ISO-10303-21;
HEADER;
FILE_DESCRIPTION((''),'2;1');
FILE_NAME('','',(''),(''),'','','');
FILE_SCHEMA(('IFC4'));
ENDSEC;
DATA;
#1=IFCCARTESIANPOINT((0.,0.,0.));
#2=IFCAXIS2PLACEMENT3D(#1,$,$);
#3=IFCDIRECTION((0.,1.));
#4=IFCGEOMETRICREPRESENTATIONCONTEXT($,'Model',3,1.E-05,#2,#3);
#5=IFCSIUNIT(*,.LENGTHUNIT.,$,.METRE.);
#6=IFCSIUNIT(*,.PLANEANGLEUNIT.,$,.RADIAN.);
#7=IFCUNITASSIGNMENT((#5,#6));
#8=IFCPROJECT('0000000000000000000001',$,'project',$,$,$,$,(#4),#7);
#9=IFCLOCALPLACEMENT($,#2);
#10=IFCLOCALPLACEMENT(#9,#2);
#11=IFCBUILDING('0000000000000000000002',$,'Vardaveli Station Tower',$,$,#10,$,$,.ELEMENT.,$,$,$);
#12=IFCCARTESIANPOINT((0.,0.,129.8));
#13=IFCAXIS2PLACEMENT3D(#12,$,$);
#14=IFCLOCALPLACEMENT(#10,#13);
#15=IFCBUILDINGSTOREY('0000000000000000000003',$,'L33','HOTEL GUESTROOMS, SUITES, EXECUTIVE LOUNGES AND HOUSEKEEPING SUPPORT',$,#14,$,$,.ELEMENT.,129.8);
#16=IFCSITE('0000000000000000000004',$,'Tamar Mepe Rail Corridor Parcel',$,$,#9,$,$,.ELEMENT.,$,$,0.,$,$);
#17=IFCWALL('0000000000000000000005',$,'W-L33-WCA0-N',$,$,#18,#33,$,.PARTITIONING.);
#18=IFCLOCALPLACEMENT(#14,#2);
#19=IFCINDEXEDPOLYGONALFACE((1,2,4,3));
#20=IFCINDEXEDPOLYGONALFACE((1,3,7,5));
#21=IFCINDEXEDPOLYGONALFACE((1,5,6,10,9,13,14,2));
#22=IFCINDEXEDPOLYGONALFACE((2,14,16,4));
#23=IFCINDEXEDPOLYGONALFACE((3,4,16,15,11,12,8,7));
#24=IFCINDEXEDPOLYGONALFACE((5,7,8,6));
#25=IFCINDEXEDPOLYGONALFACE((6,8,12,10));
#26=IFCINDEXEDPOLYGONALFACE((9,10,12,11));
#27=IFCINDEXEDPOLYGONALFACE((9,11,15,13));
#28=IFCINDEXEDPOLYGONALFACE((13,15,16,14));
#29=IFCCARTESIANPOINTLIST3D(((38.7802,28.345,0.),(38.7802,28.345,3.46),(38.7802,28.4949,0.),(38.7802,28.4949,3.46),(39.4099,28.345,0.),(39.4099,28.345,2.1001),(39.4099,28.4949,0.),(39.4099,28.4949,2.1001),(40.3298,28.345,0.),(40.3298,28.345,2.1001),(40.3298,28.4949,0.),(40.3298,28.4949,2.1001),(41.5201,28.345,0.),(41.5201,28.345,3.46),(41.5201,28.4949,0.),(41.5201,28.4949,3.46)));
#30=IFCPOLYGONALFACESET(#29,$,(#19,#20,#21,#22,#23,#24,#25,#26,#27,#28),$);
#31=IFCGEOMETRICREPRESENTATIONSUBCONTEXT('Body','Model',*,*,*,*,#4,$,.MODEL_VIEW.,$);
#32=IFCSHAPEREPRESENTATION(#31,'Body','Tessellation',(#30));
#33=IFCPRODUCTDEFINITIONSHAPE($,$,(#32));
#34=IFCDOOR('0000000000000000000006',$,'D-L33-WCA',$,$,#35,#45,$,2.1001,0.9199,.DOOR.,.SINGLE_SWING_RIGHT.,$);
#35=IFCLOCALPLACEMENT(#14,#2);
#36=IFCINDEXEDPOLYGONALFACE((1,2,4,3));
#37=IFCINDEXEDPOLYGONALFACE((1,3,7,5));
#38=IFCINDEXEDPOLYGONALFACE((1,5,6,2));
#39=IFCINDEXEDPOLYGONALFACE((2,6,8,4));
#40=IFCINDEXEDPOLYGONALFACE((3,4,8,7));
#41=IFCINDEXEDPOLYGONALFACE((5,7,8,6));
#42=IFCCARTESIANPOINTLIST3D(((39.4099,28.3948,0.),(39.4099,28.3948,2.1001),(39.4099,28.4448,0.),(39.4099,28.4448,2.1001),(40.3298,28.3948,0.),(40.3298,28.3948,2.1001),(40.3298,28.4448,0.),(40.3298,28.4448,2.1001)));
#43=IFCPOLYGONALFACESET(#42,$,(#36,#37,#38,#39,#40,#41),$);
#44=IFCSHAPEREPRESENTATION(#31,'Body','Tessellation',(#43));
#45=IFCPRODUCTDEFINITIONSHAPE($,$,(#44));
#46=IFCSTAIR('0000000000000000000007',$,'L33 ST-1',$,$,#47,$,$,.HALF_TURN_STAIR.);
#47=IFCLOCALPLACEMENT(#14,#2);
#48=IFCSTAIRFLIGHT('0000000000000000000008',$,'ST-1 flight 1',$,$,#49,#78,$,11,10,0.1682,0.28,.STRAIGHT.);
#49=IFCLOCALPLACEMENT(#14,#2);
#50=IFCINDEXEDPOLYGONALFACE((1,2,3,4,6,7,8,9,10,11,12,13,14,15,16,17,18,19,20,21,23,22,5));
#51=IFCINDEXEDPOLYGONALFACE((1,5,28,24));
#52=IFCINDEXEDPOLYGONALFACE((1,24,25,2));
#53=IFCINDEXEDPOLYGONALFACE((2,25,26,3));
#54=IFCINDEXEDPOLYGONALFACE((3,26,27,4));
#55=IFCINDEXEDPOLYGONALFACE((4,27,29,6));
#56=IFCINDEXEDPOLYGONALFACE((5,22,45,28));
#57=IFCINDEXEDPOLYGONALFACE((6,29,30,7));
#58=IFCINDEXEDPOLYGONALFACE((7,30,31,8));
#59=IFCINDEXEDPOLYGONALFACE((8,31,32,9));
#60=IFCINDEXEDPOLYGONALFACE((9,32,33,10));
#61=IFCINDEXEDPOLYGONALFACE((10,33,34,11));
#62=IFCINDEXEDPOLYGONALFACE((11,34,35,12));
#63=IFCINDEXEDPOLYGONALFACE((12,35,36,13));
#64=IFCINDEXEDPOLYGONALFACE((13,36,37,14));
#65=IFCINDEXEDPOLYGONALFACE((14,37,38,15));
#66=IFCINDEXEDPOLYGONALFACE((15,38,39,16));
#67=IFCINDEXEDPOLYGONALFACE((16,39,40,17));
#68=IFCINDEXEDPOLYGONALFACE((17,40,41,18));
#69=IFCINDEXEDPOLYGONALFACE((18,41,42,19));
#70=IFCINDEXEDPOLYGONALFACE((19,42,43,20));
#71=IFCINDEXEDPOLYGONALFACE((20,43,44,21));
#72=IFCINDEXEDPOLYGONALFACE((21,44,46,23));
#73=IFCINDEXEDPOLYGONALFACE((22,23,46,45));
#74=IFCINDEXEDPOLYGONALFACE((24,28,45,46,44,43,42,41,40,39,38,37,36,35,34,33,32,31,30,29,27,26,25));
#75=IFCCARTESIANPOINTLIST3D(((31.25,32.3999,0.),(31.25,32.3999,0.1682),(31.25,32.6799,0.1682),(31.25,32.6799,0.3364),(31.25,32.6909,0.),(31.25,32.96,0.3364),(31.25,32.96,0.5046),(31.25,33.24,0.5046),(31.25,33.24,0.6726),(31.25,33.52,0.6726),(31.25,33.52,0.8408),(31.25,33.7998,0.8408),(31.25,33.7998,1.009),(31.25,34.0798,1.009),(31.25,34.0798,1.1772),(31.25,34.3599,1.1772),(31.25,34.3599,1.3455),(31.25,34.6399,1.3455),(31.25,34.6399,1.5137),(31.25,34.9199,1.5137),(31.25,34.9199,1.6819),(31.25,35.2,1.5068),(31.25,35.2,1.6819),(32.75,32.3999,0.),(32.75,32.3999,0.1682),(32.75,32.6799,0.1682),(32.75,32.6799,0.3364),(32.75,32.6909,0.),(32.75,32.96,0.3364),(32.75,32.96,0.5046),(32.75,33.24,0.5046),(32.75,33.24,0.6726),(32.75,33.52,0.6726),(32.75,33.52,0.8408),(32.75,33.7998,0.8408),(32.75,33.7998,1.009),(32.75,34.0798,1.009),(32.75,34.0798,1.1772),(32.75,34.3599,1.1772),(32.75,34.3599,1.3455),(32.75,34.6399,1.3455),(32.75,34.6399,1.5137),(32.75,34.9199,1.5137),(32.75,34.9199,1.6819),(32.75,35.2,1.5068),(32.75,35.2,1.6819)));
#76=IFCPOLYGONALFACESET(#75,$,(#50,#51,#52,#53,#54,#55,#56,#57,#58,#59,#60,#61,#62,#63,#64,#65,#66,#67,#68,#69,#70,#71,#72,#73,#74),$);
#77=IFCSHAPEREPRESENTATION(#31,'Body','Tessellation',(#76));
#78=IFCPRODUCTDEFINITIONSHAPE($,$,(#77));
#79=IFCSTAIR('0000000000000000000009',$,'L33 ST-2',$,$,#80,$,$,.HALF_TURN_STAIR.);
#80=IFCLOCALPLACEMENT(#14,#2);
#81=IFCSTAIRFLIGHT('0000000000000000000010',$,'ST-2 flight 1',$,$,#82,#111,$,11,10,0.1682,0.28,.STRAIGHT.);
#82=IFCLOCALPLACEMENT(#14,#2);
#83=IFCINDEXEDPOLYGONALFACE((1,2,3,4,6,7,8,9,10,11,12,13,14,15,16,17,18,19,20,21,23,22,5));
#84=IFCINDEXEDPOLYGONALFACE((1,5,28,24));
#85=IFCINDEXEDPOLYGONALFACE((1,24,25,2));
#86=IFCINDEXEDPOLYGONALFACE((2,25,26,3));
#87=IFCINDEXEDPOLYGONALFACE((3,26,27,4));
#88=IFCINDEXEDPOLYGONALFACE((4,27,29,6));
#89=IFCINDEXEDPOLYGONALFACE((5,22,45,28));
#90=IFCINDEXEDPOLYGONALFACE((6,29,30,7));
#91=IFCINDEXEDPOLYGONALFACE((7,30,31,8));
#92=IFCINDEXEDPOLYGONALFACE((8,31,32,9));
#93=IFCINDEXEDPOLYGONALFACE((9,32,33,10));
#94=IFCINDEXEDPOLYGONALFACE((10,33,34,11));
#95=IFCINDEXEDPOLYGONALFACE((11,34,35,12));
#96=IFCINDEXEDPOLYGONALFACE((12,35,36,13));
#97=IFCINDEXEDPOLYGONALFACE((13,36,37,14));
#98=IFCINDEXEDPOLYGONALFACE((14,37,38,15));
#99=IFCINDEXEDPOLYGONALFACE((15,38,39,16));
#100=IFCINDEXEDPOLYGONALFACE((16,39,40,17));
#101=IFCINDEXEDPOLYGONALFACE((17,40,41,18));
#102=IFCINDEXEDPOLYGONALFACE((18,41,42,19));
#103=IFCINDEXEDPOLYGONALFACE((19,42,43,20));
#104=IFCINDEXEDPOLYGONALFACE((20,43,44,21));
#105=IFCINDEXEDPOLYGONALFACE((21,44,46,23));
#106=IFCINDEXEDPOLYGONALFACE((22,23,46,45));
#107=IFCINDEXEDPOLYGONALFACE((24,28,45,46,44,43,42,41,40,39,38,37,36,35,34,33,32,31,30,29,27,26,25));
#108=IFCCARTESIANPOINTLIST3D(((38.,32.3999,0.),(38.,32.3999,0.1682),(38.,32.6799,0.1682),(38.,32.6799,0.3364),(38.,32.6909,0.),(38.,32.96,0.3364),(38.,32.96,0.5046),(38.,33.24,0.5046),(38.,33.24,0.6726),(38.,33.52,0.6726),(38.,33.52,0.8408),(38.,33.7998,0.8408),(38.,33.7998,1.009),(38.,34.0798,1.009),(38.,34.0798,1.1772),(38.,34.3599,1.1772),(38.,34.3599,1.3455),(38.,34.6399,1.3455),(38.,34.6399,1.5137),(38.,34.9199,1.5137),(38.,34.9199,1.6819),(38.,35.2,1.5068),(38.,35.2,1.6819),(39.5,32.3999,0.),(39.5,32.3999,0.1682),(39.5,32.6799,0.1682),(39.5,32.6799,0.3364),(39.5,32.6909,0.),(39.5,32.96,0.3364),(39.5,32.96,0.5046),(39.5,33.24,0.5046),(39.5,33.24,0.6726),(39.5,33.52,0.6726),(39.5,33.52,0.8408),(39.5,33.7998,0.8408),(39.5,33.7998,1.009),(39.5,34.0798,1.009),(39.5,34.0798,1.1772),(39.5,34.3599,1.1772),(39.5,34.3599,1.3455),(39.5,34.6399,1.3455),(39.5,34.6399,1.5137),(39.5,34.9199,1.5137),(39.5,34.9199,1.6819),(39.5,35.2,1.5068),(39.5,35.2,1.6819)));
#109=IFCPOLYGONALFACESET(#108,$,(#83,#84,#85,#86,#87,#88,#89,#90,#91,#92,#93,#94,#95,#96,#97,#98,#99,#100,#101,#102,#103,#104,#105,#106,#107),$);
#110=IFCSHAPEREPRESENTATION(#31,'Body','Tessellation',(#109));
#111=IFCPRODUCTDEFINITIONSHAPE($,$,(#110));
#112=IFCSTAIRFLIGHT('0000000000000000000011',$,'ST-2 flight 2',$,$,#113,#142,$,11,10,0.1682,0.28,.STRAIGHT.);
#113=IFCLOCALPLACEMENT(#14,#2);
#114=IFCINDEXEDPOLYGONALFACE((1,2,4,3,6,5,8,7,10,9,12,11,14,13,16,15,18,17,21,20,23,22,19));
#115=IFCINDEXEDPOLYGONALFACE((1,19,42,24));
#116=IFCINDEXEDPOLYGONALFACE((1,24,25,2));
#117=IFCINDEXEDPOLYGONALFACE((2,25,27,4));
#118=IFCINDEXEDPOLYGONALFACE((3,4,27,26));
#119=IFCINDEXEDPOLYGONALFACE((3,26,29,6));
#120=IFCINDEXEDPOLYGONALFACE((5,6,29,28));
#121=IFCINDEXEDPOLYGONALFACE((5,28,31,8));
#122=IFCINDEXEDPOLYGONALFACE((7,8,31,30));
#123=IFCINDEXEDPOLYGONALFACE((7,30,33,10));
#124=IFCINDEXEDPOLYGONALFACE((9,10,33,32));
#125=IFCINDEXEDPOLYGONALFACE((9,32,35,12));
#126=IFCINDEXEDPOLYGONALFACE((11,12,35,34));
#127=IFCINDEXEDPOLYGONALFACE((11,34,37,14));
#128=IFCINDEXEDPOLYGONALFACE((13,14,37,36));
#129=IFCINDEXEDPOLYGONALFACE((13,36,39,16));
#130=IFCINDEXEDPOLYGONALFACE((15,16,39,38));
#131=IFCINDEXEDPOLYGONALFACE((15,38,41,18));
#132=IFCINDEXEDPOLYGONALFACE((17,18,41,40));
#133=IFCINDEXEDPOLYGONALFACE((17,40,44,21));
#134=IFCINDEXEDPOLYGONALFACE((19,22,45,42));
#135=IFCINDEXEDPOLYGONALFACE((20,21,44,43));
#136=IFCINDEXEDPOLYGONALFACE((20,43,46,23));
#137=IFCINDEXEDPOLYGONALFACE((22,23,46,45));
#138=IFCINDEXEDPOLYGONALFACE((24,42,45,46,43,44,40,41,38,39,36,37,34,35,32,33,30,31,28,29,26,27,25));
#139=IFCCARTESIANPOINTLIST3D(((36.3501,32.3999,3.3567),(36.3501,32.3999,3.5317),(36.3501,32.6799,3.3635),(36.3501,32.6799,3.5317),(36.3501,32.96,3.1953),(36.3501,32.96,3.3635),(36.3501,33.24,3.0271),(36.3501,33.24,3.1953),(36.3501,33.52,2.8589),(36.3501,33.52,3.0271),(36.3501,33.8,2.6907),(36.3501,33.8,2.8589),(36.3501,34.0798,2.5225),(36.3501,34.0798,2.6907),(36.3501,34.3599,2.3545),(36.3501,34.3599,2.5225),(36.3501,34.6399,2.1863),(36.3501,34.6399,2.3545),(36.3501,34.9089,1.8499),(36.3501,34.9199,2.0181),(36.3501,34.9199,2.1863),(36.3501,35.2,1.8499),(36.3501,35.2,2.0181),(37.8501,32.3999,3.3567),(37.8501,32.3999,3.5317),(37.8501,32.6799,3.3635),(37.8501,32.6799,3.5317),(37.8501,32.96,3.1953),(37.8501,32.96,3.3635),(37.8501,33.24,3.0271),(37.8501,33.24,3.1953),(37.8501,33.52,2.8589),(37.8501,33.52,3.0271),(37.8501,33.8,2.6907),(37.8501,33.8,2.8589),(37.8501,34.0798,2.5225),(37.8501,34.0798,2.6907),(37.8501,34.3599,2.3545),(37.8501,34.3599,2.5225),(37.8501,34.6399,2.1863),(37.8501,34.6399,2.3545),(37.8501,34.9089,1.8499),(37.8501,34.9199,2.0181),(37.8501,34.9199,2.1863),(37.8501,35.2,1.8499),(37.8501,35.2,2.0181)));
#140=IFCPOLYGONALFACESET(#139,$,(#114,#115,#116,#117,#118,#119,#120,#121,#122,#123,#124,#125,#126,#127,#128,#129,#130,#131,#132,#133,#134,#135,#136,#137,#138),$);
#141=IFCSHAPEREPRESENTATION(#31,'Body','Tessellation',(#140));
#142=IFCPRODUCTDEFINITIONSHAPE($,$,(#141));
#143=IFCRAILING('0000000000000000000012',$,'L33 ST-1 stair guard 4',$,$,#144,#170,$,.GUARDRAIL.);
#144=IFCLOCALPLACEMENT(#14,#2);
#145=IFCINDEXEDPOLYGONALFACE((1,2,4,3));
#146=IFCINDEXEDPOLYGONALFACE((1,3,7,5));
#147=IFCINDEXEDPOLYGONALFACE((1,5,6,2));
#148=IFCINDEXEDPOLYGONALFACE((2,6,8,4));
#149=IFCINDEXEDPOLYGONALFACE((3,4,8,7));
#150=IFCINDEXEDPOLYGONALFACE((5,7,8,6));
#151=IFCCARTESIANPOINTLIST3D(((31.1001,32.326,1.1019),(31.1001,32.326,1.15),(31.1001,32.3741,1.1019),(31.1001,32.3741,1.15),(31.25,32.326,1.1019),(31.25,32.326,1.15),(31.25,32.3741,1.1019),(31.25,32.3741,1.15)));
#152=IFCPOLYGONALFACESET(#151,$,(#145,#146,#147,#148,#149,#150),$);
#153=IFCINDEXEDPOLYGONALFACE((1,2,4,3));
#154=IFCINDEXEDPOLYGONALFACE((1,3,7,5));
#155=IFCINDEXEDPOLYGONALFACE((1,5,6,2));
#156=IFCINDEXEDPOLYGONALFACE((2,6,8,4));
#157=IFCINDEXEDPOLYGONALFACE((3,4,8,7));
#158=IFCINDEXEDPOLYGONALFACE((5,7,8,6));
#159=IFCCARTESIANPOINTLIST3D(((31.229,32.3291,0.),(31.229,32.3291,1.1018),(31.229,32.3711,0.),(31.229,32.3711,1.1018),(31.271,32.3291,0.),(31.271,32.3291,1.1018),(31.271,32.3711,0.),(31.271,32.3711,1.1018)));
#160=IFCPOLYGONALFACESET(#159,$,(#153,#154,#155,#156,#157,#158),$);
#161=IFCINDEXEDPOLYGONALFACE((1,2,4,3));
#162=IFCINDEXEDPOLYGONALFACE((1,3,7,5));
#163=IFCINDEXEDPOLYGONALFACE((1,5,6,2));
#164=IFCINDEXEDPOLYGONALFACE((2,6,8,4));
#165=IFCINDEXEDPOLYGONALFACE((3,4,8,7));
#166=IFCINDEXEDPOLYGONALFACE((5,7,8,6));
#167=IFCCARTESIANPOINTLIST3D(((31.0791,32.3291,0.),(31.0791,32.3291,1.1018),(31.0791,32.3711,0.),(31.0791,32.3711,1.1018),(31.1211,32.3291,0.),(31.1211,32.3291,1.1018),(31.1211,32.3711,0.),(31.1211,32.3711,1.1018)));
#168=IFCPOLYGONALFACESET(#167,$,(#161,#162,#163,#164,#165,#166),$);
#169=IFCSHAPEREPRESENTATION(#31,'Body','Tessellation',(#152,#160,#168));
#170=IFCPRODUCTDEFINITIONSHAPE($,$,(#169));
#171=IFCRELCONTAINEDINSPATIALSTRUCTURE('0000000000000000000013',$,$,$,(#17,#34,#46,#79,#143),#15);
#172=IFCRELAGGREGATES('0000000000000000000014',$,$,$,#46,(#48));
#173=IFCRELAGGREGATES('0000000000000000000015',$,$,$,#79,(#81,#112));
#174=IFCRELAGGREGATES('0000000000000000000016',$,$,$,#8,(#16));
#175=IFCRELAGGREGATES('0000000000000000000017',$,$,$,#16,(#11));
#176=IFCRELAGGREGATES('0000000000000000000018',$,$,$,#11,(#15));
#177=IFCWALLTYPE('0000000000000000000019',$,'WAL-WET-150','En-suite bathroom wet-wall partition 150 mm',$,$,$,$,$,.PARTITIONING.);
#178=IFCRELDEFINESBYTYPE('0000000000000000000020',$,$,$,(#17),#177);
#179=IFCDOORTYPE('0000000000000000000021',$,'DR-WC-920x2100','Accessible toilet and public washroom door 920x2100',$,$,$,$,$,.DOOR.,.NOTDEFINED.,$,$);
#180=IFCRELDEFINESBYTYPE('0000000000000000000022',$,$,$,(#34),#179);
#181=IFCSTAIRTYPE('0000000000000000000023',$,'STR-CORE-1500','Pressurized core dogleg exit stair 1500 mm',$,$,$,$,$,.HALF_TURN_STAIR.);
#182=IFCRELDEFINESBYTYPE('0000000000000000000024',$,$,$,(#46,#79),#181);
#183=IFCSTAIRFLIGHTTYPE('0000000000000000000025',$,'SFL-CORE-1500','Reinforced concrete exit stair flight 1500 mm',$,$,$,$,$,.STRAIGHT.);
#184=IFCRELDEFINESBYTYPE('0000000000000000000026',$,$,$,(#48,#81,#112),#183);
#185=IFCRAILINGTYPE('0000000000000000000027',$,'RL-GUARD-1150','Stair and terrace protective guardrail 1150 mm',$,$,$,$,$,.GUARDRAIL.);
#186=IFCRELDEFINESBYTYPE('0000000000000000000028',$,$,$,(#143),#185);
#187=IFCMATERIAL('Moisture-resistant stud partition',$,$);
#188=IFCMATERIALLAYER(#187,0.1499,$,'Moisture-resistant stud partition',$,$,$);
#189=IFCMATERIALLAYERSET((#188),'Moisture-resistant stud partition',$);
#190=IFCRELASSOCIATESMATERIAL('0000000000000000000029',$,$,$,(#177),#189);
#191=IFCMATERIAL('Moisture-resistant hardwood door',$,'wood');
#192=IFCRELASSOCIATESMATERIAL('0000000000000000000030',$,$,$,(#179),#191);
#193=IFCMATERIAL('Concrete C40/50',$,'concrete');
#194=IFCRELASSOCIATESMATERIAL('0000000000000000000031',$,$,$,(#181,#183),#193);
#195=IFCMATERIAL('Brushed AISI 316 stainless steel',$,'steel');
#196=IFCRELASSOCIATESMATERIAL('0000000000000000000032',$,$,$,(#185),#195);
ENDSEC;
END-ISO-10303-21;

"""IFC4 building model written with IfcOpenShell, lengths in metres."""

from ifc_helpers import new_model, si_unit, direction, frame, frame_2d, origin, origin_2d, place, context, subcontext, project, spatial, polyline, rectangle, outline, extrude, source, transform, mapped, material, layer, layer_set, type_object, element, fill, aggregate, save


model = new_model("IFC4")

# Units and contexts
model_context = context("Model", 3, precision=1e-05, world=origin(), true_north=direction((0.0, 1.0)))
body_context = subcontext(model_context, "Body", "Model", "MODEL_VIEW")
ifc_project = project(units=[si_unit("LENGTHUNIT", "METRE"), si_unit("PLANEANGLEUNIT", "RADIAN")], contexts=[model_context])

# Site, building, storey
site_placement = place(None, origin())
site = spatial("IfcSite", under=ifc_project, at=site_placement, Name="Tamar Mepe Rail Corridor Parcel", CompositionType="ELEMENT", RefElevation=0.0)
building_placement = place(site_placement, origin())
building = spatial("IfcBuilding", under=site, at=building_placement, Name="Vardaveli Station Tower", CompositionType="ELEMENT")
storey_placement = place(building_placement, frame((0.0, 0.0, 129.8)))
storey = spatial("IfcBuildingStorey", under=building, at=storey_placement, Name="L33", Description="HOTEL GUESTROOMS, SUITES, EXECUTIVE LOUNGES AND HOUSEKEEPING SUPPORT", CompositionType="ELEMENT", Elevation=129.8)

# Shared definitions
ifc_material_1 = material(Name="Concrete C40/50", Category="concrete")

# Wall, opening, door
ifc_material_2 = material(Name="Moisture-resistant stud partition")
ifc_layer_1 = layer(ifc_material_2, 0.1499, Name="Moisture-resistant stud partition")
ifc_layer_set_1 = layer_set([ifc_layer_1], Name="Moisture-resistant stud partition")
wall_type_1 = type_object("IfcWallType", Name="WAL-WET-150", Description="En-suite bathroom wet-wall partition 150 mm", PredefinedType="PARTITIONING", material=ifc_layer_set_1)
shared_shape_1 = source(origin(), body_context, "Body", "SweptSolid", [
    extrude(rectangle(XDim=2.74, YDim=0.1499, at=frame_2d((1.3701, 0.0))), origin(), (0.0, 0.0, 1.0), 3.46),
])
wall_1_placement = place(storey_placement, frame((38.78, 28.4199, 0.0), z_axis=(0.0, 0.0, 1.0), x_axis=(1.0, 0.0, 0.0)))
wall_1 = element("IfcWall", 1, at=wall_1_placement, inside=storey, type_object=wall_type_1, Name="W-L33-WCA0-N", PredefinedType="PARTITIONING", context=body_context, shape_type="MappedRepresentation", body=[
    mapped(shared_shape_1, transform((0.0, 0.0, 0.0), scale=1.0)),
])
shared_shape_2 = source(origin(), body_context, "Body", "SweptSolid", [
    extrude(rectangle(XDim=0.9199, YDim=2.1001, at=frame_2d((0.46, 1.05))), frame((0.0, 0.085, 0.0), z_axis=(0.0, -1.0, 0.0), x_axis=(1.0, 0.0, 0.0)), (0.0, 0.0, 1.0), 0.1699),
])
opening_1_placement = place(wall_1_placement, frame((0.6299, 0.0, 0.0)))
opening_1 = element("IfcOpeningElement", 2, at=opening_1_placement, cuts=wall_1, PredefinedType="OPENING", context=body_context, shape_type="MappedRepresentation", body=[
    mapped(shared_shape_2, transform((0.0, 0.0, 0.0), scale=1.0)),
])
ifc_material_3 = material(Name="Moisture-resistant hardwood door", Category="wood")
door_type_1 = type_object("IfcDoorType", Name="DR-WC-920x2100", Description="Accessible toilet and public washroom door 920x2100", OperationType="NOTDEFINED", PredefinedType="DOOR", material=ifc_material_3)
shared_shape_3 = source(origin(), body_context, "Body", "SweptSolid", [
    extrude(rectangle(XDim=0.9199, YDim=2.1001, at=frame_2d((0.46, 1.05))), frame((0.0, 0.0249, 0.0), z_axis=(0.0, -1.0, 0.0), x_axis=(1.0, 0.0, 0.0)), (0.0, 0.0, 1.0), 0.05),
])
door_1_placement = place(opening_1_placement, origin())
door_1 = element("IfcDoor", 3, at=door_1_placement, inside=storey, type_object=door_type_1, Name="D-L33-WCA", OperationType="SINGLE_SWING_RIGHT", OverallHeight=2.1001, OverallWidth=0.9199, PredefinedType="DOOR", context=body_context, shape_type="MappedRepresentation", body=[
    mapped(shared_shape_3, transform((0.0, 0.0, 0.0), scale=1.0)),
])
fill(opening_1, door_1)

# Stair, stair flight
stair_type = type_object("IfcStairType", Name="STR-CORE-1500", Description="Pressurized core dogleg exit stair 1500 mm", PredefinedType="HALF_TURN_STAIR", material=ifc_material_1)
stair_1_placement = place(storey_placement, origin())
stair_1 = element("IfcStair", 4, at=stair_1_placement, inside=storey, type_object=stair_type, Name="L33 ST-1", PredefinedType="HALF_TURN_STAIR")
stair_flight_type = type_object("IfcStairFlightType", Name="SFL-CORE-1500", Description="Reinforced concrete exit stair flight 1500 mm", PredefinedType="STRAIGHT", material=ifc_material_1)
shared_shape_4 = source(origin(), body_context, "Body", "SweptSolid", [
    extrude(outline(polyline([(0.0, 0.0), (0.0, 0.1682), (0.28, 0.1682), (0.28, 0.3364), (0.5601, 0.3364), (0.5601, 0.5046), (0.8401, 0.5046), (0.8401, 0.6726), (1.1201, 0.6726), (1.1201, 0.8408), (1.3999, 0.8408), (1.3999, 1.009), (1.6799, 1.009), (1.6799, 1.1772), (1.96, 1.1772), (1.96, 1.3455), (2.24, 1.3455), (2.24, 1.5137), (2.52, 1.5137), (2.52, 1.6819), (2.8, 1.6819), (2.8, 1.8501), (2.8, 1.5068), (0.291, 0.0), (0.0, 0.0)])), frame((0.0, 0.75, 0.0), z_axis=(0.0, -1.0, 0.0), x_axis=(1.0, 0.0, 0.0)), (0.0, 0.0, 1.0), 1.5),
])
stair_flight_1_placement = place(storey_placement, frame((32.0, 32.3999, 0.0), z_axis=(0.0, 0.0, 1.0), x_axis=(0.0, 1.0, 0.0)))
stair_flight_1 = element("IfcStairFlight", 5, at=stair_flight_1_placement, type_object=stair_flight_type, Name="ST-1 flight 1", NumberOfRisers=11, NumberOfTreads=10, PredefinedType="STRAIGHT", RiserHeight=0.1682, TreadLength=0.28, context=body_context, shape_type="MappedRepresentation", body=[
    mapped(shared_shape_4, transform((0.0, 0.0, 0.0), scale=1.0)),
])
aggregate(stair_1, [stair_flight_1])

# Stair, stair flights
stair_2_placement = place(storey_placement, origin())
stair_2 = element("IfcStair", 6, at=stair_2_placement, inside=storey, type_object=stair_type, Name="L33 ST-2", PredefinedType="HALF_TURN_STAIR")
stair_flight_2_placement = place(storey_placement, frame((38.75, 32.3999, 0.0), z_axis=(0.0, 0.0, 1.0), x_axis=(0.0, 1.0, 0.0)))
stair_flight_2 = element("IfcStairFlight", 7, at=stair_flight_2_placement, type_object=stair_flight_type, Name="ST-2 flight 1", NumberOfRisers=11, NumberOfTreads=10, PredefinedType="STRAIGHT", RiserHeight=0.1682, TreadLength=0.28, context=body_context, shape_type="MappedRepresentation", body=[
    mapped(shared_shape_4, transform((0.0, 0.0, 0.0), scale=1.0)),
])
stair_flight_3_placement = place(storey_placement, frame((37.1001, 35.2, 1.8499), z_axis=(0.0, 0.0, 1.0), x_axis=(0.0, -1.0, 0.0)))
stair_flight_3 = element("IfcStairFlight", 8, at=stair_flight_3_placement, type_object=stair_flight_type, Name="ST-2 flight 2", NumberOfRisers=11, NumberOfTreads=10, PredefinedType="STRAIGHT", RiserHeight=0.1682, TreadLength=0.28, context=body_context, shape_type="MappedRepresentation", body=[
    mapped(shared_shape_4, transform((0.0, 0.0, 0.0), scale=1.0)),
])
aggregate(stair_2, [stair_flight_2, stair_flight_3])

# Railing
ifc_material_4 = material(Name="Brushed AISI 316 stainless steel", Category="steel")
railing_type_1 = type_object("IfcRailingType", Name="RL-GUARD-1150", Description="Stair and terrace protective guardrail 1150 mm", PredefinedType="GUARDRAIL", material=ifc_material_4)
shared_shape_5 = source(origin(), body_context, "Body", "SweptSolid", [
    extrude(rectangle(XDim=0.0481, YDim=0.0481, at=origin_2d()), frame((0.0, 0.0, 1.126), z_axis=(-1.0, 0.0, 0.0), x_axis=(0.0, -1.0, 0.0)), (0.0, 0.0, 1.0), 0.1499),
    extrude(rectangle(XDim=0.042, YDim=0.042, at=origin_2d()), origin(), (0.0, 0.0, 1.0), 1.1018),
    extrude(rectangle(XDim=0.042, YDim=0.042, at=origin_2d()), frame((-0.1499, 0.0, 0.0)), (0.0, 0.0, 1.0), 1.1018),
])
for number, where, name in (
    (9, (31.25, 32.3501, 0.0), "L33 ST-1 stair guard 4"),
):
    element("IfcRailing", number, at=place(storey_placement, frame(where)), inside=storey, type_object=railing_type_1, Name=name, PredefinedType="GUARDRAIL", context=body_context, shape_type="MappedRepresentation", body=[
        mapped(shared_shape_5, transform((0.0, 0.0, 0.0), scale=1.0)),
    ])

save(model, "model.ifc")
